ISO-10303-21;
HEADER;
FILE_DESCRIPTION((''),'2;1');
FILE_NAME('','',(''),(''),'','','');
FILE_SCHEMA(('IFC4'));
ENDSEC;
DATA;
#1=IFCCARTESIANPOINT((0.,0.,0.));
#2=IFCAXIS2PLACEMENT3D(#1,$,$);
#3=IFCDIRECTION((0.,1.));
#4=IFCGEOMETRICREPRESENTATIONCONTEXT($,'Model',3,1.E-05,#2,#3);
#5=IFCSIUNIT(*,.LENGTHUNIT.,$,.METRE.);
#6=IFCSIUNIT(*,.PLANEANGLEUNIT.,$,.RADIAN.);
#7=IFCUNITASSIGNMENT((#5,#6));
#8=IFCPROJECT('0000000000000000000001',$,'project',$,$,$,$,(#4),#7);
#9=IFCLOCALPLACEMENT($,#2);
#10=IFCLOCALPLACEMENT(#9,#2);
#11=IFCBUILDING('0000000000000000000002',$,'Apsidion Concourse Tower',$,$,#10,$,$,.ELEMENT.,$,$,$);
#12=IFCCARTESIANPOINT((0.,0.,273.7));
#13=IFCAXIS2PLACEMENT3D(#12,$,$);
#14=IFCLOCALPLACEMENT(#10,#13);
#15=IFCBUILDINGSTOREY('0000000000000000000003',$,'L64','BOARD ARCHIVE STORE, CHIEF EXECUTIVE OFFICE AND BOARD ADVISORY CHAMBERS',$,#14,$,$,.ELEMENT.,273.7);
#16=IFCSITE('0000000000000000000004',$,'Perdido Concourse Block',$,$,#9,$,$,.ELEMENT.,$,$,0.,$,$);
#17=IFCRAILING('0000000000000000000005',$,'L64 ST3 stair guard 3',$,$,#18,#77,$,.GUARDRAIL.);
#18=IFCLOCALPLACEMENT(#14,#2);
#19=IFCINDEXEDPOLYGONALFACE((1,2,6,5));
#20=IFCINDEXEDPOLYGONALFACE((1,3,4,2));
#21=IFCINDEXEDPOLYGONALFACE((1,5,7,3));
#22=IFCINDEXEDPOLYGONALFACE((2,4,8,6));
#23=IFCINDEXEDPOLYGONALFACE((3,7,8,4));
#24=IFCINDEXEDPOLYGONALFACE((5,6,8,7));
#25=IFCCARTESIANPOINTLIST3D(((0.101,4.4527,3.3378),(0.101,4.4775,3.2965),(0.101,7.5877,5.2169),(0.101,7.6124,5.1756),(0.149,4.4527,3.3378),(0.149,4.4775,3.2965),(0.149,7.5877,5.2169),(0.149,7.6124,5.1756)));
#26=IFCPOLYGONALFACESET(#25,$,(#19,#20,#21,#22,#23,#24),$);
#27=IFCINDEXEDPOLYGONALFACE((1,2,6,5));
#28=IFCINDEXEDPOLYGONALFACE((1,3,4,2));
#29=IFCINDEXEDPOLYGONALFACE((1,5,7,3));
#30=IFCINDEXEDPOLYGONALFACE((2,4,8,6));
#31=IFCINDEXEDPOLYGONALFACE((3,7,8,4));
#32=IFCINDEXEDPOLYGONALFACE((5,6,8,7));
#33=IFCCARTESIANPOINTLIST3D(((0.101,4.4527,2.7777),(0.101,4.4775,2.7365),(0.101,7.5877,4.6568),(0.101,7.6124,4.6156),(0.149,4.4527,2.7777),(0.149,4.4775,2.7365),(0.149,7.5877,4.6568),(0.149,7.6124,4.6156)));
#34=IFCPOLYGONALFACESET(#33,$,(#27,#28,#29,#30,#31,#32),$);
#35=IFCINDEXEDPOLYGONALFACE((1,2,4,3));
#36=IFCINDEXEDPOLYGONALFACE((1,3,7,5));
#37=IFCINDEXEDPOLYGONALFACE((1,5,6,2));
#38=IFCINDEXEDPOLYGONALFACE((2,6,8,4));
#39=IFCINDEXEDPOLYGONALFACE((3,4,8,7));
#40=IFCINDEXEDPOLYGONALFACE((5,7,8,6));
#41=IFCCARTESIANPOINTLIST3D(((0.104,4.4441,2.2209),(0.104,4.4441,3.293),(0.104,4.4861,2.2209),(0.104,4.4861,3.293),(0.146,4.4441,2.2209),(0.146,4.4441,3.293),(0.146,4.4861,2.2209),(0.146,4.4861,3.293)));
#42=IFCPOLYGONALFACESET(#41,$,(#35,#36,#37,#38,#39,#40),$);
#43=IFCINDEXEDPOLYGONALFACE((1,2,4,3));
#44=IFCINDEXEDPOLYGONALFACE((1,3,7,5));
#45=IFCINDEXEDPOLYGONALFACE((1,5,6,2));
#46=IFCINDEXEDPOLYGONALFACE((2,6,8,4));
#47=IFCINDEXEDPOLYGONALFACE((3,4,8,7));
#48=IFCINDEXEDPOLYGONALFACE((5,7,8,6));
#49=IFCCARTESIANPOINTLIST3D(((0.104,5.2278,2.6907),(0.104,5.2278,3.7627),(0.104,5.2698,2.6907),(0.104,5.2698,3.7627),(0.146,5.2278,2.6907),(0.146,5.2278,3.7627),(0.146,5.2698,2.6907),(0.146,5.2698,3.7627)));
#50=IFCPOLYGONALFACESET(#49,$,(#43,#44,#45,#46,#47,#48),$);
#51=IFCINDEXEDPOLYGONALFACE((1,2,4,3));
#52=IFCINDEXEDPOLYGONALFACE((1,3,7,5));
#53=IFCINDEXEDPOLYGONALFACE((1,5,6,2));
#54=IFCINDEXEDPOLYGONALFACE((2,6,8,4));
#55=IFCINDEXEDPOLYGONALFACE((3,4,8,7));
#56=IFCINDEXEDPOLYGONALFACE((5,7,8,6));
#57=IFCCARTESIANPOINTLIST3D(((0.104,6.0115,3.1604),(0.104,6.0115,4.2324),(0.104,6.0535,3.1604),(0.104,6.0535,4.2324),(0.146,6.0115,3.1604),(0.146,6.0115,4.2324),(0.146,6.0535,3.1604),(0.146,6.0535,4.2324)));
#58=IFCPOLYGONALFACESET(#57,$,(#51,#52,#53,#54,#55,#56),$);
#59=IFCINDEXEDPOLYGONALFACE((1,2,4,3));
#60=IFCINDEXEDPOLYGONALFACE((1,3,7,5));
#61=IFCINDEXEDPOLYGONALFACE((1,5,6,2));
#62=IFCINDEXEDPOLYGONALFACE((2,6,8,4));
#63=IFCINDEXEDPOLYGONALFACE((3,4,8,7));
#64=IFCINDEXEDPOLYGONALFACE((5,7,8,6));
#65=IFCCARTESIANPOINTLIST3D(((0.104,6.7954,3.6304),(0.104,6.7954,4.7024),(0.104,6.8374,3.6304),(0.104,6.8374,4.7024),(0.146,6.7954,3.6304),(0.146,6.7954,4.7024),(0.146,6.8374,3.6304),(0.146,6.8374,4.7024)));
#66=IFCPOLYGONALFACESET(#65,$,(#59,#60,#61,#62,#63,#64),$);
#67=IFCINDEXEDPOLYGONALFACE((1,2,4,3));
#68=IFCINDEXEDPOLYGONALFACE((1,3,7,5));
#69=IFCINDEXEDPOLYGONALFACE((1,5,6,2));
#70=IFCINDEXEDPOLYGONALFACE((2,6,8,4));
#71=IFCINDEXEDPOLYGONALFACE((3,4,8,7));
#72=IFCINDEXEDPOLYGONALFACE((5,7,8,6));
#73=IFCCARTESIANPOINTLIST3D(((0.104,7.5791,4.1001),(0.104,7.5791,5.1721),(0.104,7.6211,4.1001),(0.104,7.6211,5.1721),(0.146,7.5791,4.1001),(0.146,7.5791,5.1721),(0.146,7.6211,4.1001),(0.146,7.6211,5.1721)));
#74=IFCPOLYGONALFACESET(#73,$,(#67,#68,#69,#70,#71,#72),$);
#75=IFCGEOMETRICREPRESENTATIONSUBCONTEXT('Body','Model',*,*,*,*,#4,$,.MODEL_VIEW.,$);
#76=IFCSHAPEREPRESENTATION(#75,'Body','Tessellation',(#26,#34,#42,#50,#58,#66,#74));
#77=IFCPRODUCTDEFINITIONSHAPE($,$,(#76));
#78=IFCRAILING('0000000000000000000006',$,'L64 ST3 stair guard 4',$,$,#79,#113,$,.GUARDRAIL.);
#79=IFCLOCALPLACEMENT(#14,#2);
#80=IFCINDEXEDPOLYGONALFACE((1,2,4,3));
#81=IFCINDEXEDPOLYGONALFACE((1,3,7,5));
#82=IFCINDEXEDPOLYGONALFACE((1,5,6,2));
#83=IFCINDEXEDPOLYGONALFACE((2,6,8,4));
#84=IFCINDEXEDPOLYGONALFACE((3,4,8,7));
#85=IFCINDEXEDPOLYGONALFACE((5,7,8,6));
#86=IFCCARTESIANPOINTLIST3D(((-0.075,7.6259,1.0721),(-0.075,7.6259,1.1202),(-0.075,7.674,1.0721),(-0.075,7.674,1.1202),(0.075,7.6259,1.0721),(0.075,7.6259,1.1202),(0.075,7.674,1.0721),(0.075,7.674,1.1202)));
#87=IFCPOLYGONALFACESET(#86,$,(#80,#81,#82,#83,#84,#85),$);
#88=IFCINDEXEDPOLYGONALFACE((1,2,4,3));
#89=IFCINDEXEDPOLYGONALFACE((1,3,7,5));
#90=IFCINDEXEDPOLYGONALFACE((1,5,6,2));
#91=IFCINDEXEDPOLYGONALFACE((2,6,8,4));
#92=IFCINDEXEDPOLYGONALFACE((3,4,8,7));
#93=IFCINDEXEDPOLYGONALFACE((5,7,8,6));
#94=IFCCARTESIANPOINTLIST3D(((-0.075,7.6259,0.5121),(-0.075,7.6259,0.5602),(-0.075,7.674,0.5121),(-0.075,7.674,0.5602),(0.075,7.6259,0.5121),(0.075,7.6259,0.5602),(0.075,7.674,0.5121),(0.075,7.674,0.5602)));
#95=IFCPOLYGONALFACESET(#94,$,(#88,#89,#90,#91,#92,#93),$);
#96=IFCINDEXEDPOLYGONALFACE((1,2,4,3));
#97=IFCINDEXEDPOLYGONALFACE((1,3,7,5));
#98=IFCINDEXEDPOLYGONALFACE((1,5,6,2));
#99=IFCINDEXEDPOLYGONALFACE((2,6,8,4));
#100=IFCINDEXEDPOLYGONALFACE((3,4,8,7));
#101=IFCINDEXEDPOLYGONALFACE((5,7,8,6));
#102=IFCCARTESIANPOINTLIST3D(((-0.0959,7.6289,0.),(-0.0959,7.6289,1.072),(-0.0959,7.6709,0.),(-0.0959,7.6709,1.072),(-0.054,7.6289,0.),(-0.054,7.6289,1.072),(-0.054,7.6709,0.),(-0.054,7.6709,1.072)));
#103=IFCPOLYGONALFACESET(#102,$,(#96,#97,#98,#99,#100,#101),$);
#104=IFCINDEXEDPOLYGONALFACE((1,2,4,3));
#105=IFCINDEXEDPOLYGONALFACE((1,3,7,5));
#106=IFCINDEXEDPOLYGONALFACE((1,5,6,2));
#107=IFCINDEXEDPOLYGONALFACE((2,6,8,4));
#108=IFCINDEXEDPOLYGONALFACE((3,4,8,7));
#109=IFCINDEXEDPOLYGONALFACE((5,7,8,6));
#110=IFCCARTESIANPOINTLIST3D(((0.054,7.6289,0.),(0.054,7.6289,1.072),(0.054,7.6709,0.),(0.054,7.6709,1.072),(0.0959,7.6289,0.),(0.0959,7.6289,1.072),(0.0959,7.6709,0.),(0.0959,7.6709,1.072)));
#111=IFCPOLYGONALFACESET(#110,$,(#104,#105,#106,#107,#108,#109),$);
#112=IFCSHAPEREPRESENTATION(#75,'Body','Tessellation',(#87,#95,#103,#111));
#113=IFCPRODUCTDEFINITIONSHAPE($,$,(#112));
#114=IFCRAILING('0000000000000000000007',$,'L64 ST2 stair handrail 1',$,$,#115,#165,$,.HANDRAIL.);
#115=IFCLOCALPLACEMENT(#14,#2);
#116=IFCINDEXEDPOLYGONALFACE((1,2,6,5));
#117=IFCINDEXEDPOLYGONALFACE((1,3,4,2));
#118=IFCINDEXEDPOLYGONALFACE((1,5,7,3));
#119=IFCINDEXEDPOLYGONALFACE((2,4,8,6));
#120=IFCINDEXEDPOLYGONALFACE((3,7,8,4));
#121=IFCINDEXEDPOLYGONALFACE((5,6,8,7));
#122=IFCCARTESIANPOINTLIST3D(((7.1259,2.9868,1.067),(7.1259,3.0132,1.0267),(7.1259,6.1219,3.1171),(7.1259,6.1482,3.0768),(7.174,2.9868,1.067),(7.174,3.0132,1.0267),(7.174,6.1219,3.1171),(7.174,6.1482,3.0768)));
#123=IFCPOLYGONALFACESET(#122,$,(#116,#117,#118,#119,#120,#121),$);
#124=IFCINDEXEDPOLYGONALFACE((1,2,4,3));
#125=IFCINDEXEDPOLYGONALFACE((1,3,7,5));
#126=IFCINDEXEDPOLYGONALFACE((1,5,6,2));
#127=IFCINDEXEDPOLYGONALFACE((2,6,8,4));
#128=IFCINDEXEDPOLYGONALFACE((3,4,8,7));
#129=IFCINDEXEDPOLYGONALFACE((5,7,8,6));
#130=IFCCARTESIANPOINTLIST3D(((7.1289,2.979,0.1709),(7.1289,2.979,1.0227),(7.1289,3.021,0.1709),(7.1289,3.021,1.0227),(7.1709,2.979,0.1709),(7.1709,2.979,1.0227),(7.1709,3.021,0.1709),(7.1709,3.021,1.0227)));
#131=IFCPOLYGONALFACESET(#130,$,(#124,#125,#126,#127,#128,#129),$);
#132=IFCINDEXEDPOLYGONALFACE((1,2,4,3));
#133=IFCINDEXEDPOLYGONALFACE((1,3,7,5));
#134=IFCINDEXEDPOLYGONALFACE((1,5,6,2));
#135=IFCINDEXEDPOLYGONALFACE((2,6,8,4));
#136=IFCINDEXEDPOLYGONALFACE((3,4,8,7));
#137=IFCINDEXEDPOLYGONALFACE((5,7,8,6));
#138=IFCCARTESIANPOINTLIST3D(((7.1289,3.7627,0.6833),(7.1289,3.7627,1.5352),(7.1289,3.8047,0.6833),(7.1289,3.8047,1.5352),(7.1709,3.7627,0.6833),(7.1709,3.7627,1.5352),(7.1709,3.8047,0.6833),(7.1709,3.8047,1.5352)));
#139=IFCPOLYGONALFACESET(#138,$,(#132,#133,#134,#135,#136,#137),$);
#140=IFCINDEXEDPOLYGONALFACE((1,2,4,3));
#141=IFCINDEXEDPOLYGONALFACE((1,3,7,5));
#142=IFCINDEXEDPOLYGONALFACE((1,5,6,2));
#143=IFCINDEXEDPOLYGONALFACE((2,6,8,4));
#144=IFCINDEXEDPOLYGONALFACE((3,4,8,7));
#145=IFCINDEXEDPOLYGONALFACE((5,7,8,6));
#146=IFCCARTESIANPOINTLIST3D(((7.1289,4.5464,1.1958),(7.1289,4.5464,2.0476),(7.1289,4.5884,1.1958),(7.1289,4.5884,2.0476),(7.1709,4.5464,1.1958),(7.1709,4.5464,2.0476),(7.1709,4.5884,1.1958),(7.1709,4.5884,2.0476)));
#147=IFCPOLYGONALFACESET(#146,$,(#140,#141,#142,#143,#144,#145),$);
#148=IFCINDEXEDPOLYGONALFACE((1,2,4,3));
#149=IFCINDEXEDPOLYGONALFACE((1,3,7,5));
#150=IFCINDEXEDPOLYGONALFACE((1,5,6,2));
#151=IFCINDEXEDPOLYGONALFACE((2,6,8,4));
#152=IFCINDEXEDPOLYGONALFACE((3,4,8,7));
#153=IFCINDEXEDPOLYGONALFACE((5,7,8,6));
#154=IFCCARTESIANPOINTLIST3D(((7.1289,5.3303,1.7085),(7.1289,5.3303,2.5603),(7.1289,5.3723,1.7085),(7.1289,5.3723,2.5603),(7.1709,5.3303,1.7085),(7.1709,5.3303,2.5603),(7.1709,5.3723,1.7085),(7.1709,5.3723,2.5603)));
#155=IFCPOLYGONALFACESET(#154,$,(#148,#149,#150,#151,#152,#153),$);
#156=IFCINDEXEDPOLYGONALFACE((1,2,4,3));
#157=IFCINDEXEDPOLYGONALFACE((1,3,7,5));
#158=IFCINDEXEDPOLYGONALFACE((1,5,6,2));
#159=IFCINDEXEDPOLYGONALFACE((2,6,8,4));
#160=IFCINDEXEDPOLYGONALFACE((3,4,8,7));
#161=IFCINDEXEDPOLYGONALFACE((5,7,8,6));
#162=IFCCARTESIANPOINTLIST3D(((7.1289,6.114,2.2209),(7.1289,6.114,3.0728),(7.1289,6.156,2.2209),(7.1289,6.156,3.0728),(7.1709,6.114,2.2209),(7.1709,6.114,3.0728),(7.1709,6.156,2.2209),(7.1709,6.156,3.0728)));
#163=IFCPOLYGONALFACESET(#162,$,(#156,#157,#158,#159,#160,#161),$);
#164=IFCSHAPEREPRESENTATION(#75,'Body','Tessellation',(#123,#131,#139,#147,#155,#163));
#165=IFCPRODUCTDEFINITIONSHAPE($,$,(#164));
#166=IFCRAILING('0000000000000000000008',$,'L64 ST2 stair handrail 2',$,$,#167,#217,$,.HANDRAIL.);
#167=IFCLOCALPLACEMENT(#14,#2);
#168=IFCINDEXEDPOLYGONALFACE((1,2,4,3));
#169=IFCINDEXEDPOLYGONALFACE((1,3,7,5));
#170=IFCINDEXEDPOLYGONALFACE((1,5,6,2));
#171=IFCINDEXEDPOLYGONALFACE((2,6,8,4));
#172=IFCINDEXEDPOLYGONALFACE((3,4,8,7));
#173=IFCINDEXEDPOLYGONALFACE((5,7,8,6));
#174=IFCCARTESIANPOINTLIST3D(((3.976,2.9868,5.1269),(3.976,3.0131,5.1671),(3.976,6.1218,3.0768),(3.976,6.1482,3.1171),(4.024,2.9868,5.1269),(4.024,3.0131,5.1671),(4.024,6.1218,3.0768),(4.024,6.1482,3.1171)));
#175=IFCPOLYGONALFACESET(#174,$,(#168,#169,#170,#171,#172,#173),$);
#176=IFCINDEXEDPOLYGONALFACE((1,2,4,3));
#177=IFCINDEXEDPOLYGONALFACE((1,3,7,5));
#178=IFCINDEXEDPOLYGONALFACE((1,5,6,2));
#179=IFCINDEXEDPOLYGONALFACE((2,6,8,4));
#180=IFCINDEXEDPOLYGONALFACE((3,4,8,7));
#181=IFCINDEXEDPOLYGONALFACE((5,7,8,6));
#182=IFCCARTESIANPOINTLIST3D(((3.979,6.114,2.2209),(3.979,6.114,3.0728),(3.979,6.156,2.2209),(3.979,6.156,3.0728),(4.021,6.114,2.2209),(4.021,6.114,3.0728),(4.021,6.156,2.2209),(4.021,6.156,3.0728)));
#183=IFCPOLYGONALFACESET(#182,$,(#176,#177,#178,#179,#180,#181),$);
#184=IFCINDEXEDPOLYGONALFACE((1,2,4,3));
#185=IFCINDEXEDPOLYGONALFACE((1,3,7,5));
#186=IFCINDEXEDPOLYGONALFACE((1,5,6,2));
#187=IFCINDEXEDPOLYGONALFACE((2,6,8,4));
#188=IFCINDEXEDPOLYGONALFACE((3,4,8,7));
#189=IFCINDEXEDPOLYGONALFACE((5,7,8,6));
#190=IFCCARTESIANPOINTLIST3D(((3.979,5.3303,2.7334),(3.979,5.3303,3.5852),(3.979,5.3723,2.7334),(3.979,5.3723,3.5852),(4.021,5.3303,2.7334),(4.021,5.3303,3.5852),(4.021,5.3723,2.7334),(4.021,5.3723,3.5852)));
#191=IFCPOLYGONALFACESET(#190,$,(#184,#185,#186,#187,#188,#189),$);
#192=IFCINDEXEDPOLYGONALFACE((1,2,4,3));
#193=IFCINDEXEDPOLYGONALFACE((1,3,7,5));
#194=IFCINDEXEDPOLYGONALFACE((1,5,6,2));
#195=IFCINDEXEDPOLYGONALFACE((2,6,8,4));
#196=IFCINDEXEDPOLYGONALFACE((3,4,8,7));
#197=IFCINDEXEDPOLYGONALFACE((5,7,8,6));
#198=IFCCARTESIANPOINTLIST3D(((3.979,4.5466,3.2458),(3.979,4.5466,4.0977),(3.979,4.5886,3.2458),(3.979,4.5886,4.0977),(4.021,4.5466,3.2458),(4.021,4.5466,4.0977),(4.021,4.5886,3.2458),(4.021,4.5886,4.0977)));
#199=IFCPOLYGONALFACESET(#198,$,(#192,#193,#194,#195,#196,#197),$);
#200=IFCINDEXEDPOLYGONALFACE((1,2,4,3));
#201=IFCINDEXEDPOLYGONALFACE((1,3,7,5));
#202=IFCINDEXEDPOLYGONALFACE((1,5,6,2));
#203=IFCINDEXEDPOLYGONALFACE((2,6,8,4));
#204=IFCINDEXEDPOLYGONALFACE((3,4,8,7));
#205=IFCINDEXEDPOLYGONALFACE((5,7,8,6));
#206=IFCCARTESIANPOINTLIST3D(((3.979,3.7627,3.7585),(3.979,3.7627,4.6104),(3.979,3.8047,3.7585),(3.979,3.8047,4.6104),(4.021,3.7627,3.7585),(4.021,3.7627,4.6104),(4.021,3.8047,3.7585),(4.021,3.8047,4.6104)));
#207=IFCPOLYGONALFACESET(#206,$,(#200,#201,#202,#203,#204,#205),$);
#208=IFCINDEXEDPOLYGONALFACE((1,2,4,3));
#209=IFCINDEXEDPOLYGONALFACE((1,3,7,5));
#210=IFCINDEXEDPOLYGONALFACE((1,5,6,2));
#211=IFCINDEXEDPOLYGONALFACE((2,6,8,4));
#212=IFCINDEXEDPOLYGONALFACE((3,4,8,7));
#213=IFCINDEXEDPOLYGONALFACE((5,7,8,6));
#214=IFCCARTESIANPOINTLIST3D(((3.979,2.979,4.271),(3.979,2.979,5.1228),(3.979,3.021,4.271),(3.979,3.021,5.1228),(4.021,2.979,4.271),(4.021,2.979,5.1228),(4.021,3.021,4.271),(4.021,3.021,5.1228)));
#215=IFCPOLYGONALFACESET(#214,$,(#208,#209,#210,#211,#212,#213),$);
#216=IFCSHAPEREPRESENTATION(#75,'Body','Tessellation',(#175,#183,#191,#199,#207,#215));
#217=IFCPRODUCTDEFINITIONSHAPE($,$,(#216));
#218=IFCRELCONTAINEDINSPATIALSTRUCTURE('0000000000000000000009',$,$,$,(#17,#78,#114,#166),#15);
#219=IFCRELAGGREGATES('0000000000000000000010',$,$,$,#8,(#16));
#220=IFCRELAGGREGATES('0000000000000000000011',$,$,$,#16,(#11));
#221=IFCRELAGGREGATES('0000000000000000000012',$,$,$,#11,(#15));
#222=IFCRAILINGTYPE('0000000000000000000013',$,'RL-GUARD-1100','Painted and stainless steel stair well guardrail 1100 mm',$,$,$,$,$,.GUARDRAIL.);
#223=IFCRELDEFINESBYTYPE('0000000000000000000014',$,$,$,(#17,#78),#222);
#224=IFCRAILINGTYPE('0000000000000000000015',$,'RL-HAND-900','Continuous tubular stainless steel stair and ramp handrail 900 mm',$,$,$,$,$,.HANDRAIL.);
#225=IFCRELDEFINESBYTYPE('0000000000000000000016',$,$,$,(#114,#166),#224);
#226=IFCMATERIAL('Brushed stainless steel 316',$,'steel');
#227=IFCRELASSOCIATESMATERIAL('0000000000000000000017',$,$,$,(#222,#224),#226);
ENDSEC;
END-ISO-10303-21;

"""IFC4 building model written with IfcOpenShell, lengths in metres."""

from ifc_helpers import new_model, si_unit, direction, frame, origin, origin_2d, place, context, subcontext, project, spatial, rectangle, extrude, material, type_object, element, save


model = new_model("IFC4")

# Units and contexts
model_context = context("Model", 3, precision=1e-05, world=origin(), true_north=direction((0.0, 1.0)))
body_context = subcontext(model_context, "Body", "Model", "MODEL_VIEW")
ifc_project = project(units=[si_unit("LENGTHUNIT", "METRE"), si_unit("PLANEANGLEUNIT", "RADIAN")], contexts=[model_context])

# Site, building, storey
site_placement = place(None, origin())
site = spatial("IfcSite", under=ifc_project, at=site_placement, Name="Perdido Concourse Block", CompositionType="ELEMENT", RefElevation=0.0)
building_placement = place(site_placement, origin())
building = spatial("IfcBuilding", under=site, at=building_placement, Name="Apsidion Concourse Tower", CompositionType="ELEMENT")
storey_placement = place(building_placement, frame((0.0, 0.0, 273.7)))
storey = spatial("IfcBuildingStorey", under=building, at=storey_placement, Name="L64", Description="BOARD ARCHIVE STORE, CHIEF EXECUTIVE OFFICE AND BOARD ADVISORY CHAMBERS", CompositionType="ELEMENT", Elevation=273.7)

# Railings
ifc_material_1 = material(Name="Brushed stainless steel 316", Category="steel")
railing_type_1 = type_object("IfcRailingType", Name="RL-GUARD-1100", Description="Painted and stainless steel stair well guardrail 1100 mm", PredefinedType="GUARDRAIL", material=ifc_material_1)
railing_1_placement = place(storey_placement, frame((0.125, 4.4651, 2.2209)))
element("IfcRailing", 1, at=railing_1_placement, inside=storey, type_object=railing_type_1, Name="L64 ST3 stair guard 3", PredefinedType="GUARDRAIL", context=body_context, shape_type="SweptSolid", body=[
    extrude(rectangle(XDim=0.0481, YDim=0.0481, at=origin_2d()), frame((0.0, 0.0, 1.0962), z_axis=(0.0, 0.857717, 0.514122), x_axis=(-1.0, 0.0, 0.0)), (0.0, 0.0, 1.0), 3.655),
    extrude(rectangle(XDim=0.0481, YDim=0.0481, at=origin_2d()), frame((0.0, 0.0, 0.5361), z_axis=(0.0, 0.857717, 0.514122), x_axis=(-1.0, 0.0, 0.0)), (0.0, 0.0, 1.0), 3.655),
    extrude(rectangle(XDim=0.042, YDim=0.042, at=origin_2d()), origin(), (0.0, 0.0, 1.0), 1.072),
    extrude(rectangle(XDim=0.042, YDim=0.042, at=origin_2d()), frame((0.0, 0.7837, 0.4697)), (0.0, 0.0, 1.0), 1.072),
    extrude(rectangle(XDim=0.042, YDim=0.042, at=origin_2d()), frame((0.0, 1.5674, 0.9395)), (0.0, 0.0, 1.0), 1.072),
    extrude(rectangle(XDim=0.042, YDim=0.042, at=origin_2d()), frame((0.0, 2.3513, 1.4094)), (0.0, 0.0, 1.0), 1.072),
    extrude(rectangle(XDim=0.042, YDim=0.042, at=origin_2d()), frame((0.0, 3.135, 1.8792)), (0.0, 0.0, 1.0), 1.072),
])
railing_2_placement = place(storey_placement, frame((-0.075, 7.6499, 0.0)))
element("IfcRailing", 2, at=railing_2_placement, inside=storey, type_object=railing_type_1, Name="L64 ST3 stair guard 4", PredefinedType="GUARDRAIL", context=body_context, shape_type="SweptSolid", body=[
    extrude(rectangle(XDim=0.0481, YDim=0.0481, at=origin_2d()), frame((0.0, 0.0, 1.0962), z_axis=(1.0, 0.0, 0.0), x_axis=(0.0, 1.0, 0.0)), (0.0, 0.0, 1.0), 0.1499),
    extrude(rectangle(XDim=0.0481, YDim=0.0481, at=origin_2d()), frame((0.0, 0.0, 0.5361), z_axis=(1.0, 0.0, 0.0), x_axis=(0.0, 1.0, 0.0)), (0.0, 0.0, 1.0), 0.1499),
    extrude(rectangle(XDim=0.042, YDim=0.042, at=origin_2d()), origin(), (0.0, 0.0, 1.0), 1.072),
    extrude(rectangle(XDim=0.042, YDim=0.042, at=origin_2d()), frame((0.1499, 0.0, 0.0)), (0.0, 0.0, 1.0), 1.072),
])
railing_type_2 = type_object("IfcRailingType", Name="RL-HAND-900", Description="Continuous tubular stainless steel stair and ramp handrail 900 mm", PredefinedType="HANDRAIL", material=ifc_material_1)
railing_3_placement = place(storey_placement, frame((7.1499, 3.0, 0.1709)))
element("IfcRailing", 3, at=railing_3_placement, inside=storey, type_object=railing_type_2, Name="L64 ST2 stair handrail 1", PredefinedType="HANDRAIL", context=body_context, shape_type="SweptSolid", body=[
    extrude(rectangle(XDim=0.0481, YDim=0.0481, at=origin_2d()), frame((0.0, 0.0, 0.876), z_axis=(0.0, 0.836941, 0.547293), x_axis=(-1.0, 0.0, 0.0)), (0.0, 0.0, 1.0), 3.7458),
    extrude(rectangle(XDim=0.042, YDim=0.042, at=origin_2d()), origin(), (0.0, 0.0, 1.0), 0.8518),
    extrude(rectangle(XDim=0.042, YDim=0.042, at=origin_2d()), frame((0.0, 0.7837, 0.5125)), (0.0, 0.0, 1.0), 0.8518),
    extrude(rectangle(XDim=0.042, YDim=0.042, at=origin_2d()), frame((0.0, 1.5674, 1.0249)), (0.0, 0.0, 1.0), 0.8518),
    extrude(rectangle(XDim=0.042, YDim=0.042, at=origin_2d()), frame((0.0, 2.3513, 1.5376)), (0.0, 0.0, 1.0), 0.8518),
    extrude(rectangle(XDim=0.042, YDim=0.042, at=origin_2d()), frame((0.0, 3.135, 2.05)), (0.0, 0.0, 1.0), 0.8518),
])
railing_4_placement = place(storey_placement, frame((4.0, 6.135, 2.2209)))
element("IfcRailing", 4, at=railing_4_placement, inside=storey, type_object=railing_type_2, Name="L64 ST2 stair handrail 2", PredefinedType="HANDRAIL", context=body_context, shape_type="SweptSolid", body=[
    extrude(rectangle(XDim=0.0481, YDim=0.0481, at=origin_2d()), frame((0.0, 0.0, 0.876), z_axis=(0.0, -0.836941, 0.547293), x_axis=(1.0, 0.0, 0.0)), (0.0, 0.0, 1.0), 3.7458),
    extrude(rectangle(XDim=0.042, YDim=0.042, at=origin_2d()), origin(), (0.0, 0.0, 1.0), 0.8518),
    extrude(rectangle(XDim=0.042, YDim=0.042, at=origin_2d()), frame((0.0, -0.7837, 0.5125)), (0.0, 0.0, 1.0), 0.8518),
    extrude(rectangle(XDim=0.042, YDim=0.042, at=origin_2d()), frame((0.0, -1.5674, 1.0249)), (0.0, 0.0, 1.0), 0.8518),
    extrude(rectangle(XDim=0.042, YDim=0.042, at=origin_2d()), frame((0.0, -2.3513, 1.5376)), (0.0, 0.0, 1.0), 0.8518),
    extrude(rectangle(XDim=0.042, YDim=0.042, at=origin_2d()), frame((0.0, -3.135, 2.05)), (0.0, 0.0, 1.0), 0.8518),
])

save(model, "model.ifc")
